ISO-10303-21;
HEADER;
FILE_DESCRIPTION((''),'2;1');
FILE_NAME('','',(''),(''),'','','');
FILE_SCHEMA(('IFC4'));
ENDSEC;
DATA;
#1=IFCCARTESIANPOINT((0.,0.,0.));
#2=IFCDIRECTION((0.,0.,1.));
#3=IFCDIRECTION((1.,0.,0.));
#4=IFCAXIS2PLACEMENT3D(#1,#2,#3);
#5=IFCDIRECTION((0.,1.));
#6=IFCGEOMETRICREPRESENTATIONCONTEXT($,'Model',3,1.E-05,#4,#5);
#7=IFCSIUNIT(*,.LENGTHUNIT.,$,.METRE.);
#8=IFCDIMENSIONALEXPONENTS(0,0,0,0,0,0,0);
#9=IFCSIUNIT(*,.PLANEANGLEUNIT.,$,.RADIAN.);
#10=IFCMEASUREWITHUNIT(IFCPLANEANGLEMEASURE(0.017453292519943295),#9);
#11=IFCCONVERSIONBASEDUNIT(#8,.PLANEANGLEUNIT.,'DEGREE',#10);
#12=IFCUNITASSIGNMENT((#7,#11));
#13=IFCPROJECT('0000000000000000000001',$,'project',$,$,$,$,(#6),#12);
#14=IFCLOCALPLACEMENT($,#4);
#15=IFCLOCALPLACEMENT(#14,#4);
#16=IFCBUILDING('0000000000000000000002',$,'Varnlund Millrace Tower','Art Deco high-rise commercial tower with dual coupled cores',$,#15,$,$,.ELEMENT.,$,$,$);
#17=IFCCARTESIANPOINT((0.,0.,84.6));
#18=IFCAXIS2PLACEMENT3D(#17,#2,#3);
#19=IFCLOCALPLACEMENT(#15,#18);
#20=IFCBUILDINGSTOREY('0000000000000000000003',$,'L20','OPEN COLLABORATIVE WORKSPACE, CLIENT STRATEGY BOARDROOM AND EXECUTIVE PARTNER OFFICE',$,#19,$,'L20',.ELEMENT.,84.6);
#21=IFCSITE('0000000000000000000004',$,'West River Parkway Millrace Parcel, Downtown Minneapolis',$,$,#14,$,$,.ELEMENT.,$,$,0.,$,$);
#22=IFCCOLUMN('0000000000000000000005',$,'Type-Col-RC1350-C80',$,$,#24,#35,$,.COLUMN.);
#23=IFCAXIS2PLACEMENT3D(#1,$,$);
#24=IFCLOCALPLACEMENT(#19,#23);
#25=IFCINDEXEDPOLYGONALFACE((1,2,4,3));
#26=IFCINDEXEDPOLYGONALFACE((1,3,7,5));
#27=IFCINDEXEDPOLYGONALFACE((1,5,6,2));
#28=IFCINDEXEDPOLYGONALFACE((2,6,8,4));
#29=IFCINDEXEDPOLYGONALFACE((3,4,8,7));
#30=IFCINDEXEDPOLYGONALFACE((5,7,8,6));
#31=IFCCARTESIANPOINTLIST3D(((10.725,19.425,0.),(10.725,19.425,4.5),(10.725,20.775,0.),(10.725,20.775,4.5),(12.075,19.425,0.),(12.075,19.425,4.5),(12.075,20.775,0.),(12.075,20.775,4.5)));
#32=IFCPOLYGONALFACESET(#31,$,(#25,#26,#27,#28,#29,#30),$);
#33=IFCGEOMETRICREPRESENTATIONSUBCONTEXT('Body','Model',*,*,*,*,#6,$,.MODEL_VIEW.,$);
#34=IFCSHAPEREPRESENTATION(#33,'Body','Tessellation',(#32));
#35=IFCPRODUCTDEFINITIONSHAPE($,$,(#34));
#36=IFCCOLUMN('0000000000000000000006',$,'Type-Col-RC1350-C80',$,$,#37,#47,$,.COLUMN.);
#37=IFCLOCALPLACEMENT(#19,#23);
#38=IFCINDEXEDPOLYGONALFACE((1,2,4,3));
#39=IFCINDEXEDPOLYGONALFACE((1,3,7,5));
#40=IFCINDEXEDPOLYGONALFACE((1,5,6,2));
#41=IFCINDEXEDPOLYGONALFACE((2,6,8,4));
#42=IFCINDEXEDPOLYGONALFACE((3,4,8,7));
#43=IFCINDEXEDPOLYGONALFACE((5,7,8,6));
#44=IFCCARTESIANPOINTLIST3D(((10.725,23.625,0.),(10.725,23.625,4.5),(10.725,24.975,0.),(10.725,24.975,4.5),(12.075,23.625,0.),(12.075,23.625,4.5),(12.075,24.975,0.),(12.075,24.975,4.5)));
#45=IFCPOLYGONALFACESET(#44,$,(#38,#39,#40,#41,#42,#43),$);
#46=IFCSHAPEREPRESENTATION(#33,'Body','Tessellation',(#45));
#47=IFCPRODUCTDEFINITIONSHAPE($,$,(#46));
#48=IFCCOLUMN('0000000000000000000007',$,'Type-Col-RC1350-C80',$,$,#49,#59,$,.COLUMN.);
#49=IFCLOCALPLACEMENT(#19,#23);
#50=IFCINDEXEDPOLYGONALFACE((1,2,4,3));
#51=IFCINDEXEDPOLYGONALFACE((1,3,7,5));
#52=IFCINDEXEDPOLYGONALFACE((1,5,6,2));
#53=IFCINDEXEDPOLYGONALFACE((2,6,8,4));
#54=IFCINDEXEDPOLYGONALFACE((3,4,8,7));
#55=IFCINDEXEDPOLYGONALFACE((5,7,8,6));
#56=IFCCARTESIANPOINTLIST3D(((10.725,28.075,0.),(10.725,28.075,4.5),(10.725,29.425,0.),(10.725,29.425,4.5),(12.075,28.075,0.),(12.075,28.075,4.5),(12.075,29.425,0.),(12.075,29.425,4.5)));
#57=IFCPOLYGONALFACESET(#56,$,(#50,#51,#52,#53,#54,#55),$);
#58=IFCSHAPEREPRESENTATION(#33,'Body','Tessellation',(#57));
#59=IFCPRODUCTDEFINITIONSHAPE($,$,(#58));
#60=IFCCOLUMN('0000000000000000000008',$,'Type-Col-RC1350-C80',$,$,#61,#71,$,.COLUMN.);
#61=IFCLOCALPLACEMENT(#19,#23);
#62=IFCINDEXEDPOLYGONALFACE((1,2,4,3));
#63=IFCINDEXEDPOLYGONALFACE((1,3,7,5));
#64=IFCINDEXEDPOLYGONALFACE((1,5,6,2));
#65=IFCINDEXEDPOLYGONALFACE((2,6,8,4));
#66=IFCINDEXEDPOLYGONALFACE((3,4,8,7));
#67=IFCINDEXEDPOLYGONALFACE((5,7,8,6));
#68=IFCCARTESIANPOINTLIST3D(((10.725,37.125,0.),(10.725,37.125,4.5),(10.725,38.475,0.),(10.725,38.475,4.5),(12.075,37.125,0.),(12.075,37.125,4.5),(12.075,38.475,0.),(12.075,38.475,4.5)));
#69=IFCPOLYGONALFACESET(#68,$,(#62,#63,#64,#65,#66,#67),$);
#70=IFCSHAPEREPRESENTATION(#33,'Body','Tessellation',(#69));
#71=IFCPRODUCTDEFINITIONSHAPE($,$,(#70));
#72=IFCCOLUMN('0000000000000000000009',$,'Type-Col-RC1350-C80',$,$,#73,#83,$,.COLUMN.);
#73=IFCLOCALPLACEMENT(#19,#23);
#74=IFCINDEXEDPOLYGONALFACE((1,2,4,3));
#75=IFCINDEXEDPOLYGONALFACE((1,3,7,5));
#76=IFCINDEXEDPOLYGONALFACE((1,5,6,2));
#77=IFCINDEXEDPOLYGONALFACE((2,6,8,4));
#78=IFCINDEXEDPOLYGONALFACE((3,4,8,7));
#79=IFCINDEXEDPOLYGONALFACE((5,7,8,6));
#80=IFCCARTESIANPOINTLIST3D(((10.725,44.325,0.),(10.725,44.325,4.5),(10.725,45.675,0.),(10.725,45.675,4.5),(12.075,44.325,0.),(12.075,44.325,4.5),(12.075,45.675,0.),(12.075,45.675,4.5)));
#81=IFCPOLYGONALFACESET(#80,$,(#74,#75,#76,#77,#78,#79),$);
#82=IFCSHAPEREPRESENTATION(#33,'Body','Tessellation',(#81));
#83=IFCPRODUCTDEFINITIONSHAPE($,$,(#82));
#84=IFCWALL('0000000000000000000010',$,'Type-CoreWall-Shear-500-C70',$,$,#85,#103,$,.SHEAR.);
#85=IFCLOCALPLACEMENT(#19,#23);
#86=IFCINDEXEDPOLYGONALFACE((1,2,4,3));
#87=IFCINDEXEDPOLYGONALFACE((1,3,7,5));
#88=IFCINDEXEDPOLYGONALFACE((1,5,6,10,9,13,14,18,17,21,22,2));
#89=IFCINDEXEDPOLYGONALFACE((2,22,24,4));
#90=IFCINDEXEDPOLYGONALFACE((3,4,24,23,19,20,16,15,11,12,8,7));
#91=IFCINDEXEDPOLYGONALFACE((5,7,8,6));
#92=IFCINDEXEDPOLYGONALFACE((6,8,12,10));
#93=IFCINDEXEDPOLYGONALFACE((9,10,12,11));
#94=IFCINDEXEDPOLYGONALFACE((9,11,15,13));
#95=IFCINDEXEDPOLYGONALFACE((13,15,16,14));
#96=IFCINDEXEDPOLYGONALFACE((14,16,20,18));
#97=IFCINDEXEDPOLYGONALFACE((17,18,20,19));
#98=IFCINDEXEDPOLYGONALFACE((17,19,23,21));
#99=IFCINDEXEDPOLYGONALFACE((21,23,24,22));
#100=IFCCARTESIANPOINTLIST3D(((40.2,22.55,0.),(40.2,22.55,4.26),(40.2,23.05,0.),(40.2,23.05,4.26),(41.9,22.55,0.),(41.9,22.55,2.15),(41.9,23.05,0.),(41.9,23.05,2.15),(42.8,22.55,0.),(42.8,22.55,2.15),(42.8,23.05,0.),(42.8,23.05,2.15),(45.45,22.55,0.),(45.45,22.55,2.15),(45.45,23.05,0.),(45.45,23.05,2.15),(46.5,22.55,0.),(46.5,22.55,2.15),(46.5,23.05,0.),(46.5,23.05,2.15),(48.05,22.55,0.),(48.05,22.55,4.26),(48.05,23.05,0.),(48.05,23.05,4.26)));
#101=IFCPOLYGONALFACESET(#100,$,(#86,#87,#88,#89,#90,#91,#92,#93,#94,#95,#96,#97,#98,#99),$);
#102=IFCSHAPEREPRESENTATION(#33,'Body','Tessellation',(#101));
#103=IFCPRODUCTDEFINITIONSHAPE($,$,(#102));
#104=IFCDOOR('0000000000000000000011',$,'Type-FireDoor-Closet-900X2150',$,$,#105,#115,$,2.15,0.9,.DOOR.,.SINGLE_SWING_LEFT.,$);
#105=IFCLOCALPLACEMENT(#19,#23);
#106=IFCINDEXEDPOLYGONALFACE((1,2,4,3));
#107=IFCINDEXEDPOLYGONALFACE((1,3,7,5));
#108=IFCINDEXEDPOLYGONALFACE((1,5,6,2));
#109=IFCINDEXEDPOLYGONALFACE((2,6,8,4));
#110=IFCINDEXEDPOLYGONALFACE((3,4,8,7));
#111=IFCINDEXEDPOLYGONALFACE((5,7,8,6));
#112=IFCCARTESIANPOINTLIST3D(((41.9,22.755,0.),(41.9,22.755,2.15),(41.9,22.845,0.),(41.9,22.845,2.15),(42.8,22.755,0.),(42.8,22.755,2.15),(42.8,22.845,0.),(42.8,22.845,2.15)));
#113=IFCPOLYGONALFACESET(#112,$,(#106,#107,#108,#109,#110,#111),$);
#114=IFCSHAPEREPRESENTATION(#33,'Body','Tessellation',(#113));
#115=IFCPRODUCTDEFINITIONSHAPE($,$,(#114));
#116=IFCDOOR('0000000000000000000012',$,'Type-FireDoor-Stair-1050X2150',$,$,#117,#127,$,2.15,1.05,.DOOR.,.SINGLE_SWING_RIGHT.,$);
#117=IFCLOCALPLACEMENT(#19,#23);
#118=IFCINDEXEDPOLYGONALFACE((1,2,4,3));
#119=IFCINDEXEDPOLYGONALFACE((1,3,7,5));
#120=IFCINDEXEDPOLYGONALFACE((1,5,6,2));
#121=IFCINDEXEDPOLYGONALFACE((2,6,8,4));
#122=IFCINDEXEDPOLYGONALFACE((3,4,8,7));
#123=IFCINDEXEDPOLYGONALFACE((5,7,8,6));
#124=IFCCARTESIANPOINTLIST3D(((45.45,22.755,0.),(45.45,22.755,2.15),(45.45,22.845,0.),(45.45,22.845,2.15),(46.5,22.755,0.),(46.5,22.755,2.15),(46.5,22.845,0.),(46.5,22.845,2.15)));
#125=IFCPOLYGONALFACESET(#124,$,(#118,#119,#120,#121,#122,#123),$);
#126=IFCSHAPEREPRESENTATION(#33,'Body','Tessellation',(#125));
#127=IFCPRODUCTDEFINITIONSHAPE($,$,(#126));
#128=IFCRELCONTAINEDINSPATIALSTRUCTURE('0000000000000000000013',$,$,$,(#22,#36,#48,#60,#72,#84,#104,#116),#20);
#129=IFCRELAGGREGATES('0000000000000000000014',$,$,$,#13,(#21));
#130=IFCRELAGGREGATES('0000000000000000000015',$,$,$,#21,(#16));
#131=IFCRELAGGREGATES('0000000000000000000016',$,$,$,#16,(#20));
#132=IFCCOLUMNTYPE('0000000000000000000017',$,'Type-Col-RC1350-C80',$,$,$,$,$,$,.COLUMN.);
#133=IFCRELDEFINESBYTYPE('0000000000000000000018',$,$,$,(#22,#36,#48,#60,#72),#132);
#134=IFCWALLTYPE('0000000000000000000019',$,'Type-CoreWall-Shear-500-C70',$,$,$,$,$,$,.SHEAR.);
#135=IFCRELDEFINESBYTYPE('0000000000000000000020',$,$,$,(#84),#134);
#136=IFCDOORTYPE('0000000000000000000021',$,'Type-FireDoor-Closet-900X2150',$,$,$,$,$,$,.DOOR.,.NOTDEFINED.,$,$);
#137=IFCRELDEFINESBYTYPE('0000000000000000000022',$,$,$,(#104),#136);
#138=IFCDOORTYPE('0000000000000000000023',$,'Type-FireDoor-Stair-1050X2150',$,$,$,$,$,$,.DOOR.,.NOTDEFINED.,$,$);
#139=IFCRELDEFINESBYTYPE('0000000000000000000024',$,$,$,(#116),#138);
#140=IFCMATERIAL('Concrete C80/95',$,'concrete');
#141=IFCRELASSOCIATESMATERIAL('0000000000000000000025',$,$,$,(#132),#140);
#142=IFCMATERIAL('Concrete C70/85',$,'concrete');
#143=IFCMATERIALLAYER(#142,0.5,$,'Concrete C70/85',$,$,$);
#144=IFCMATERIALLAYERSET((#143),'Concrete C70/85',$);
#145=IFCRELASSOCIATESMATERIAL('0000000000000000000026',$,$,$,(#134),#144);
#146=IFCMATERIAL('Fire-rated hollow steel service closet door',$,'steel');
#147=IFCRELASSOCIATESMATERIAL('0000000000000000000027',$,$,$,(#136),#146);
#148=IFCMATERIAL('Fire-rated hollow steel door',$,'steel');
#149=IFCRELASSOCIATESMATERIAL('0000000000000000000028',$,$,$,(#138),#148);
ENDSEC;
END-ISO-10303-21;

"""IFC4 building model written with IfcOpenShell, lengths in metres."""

from ifc_helpers import new_model, entity, si_unit, converted_unit, direction, frame, origin_with_axes, origin_2d_with_axis, place, context, subcontext, project, spatial, polyline, rectangle, outline, extrude, material, layer, layer_set, material_profile, profile_set, type_object, element, fill, save


model = new_model("IFC4")

# Units and contexts
model_context = context("Model", 3, precision=1e-05, world=origin_with_axes(), true_north=direction((0.0, 1.0)))
body_context = subcontext(model_context, "Body", "Model", "MODEL_VIEW")
ifc_project = project(units=[si_unit("LENGTHUNIT", "METRE"), converted_unit("PLANEANGLEUNIT", "DEGREE", entity("IfcPlaneAngleMeasure", 0.017453292519943295), si_unit("PLANEANGLEUNIT", "RADIAN"), dimensions=[0, 0, 0, 0, 0, 0, 0])], contexts=[model_context])

# Site, building, storey
site_placement = place(None, origin_with_axes())
site = spatial("IfcSite", under=ifc_project, at=site_placement, Name="West River Parkway Millrace Parcel, Downtown Minneapolis", CompositionType="ELEMENT", RefElevation=0.0)
building_placement = place(site_placement, origin_with_axes())
building = spatial("IfcBuilding", under=site, at=building_placement, Name="Varnlund Millrace Tower", Description="Art Deco high-rise commercial tower with dual coupled cores", CompositionType="ELEMENT")
storey_placement = place(building_placement, frame((0.0, 0.0, 84.6), z_axis=(0.0, 0.0, 1.0), x_axis=(1.0, 0.0, 0.0)))
storey = spatial("IfcBuildingStorey", under=building, at=storey_placement, Name="L20", Description="OPEN COLLABORATIVE WORKSPACE, CLIENT STRATEGY BOARDROOM AND EXECUTIVE PARTNER OFFICE", LongName="L20", CompositionType="ELEMENT", Elevation=84.6)

# Columns
ifc_material_1 = material(Name="Concrete C80/95", Category="concrete")
ifc_material_profile = material_profile(ifc_material_1, rectangle(XDim=1.35, YDim=1.35, at=origin_2d_with_axis()), Name="Concrete C80/95")
ifc_profile_set = profile_set([ifc_material_profile], Name="Concrete C80/95")
column_type = type_object("IfcColumnType", Name="Type-Col-RC1350-C80", PredefinedType="COLUMN", material=ifc_profile_set)
for number, where, z_axis, x_axis, name in (
    (1, (11.4, 20.1, 0.0), (0.0, 0.0, 1.0), (1.0, 0.0, 0.0), "Type-Col-RC1350-C80"),
    (2, (11.4, 24.3, 0.0), (0.0, 0.0, 1.0), (1.0, 0.0, 0.0), "Type-Col-RC1350-C80"),
    (3, (11.4, 28.75, 0.0), (0.0, 0.0, 1.0), (1.0, 0.0, 0.0), "Type-Col-RC1350-C80"),
    (4, (11.4, 37.8, 0.0), (0.0, 0.0, 1.0), (1.0, 0.0, 0.0), "Type-Col-RC1350-C80"),
    (5, (11.4, 45.0, 0.0), (0.0, 0.0, 1.0), (1.0, 0.0, 0.0), "Type-Col-RC1350-C80"),
):
    element("IfcColumn", number, at=place(storey_placement, frame(where, z_axis=z_axis, x_axis=x_axis)), inside=storey, type_object=column_type, Name=name, PredefinedType="COLUMN", context=body_context, shape_type="SweptSolid", body=[
        extrude(rectangle(XDim=1.35, YDim=1.35, at=origin_2d_with_axis()), origin_with_axes(), (0.0, 0.0, 1.0), 4.5),
    ])

# Wall, openings, doors
ifc_material_2 = material(Name="Concrete C70/85", Category="concrete")
ifc_layer_1 = layer(ifc_material_2, 0.5, Name="Concrete C70/85")
ifc_layer_set_1 = layer_set([ifc_layer_1], Name="Concrete C70/85")
wall_type_1 = type_object("IfcWallType", Name="Type-CoreWall-Shear-500-C70", PredefinedType="SHEAR", material=ifc_layer_set_1)
wall_1_placement = place(storey_placement, frame((40.2, 22.8, 0.0), z_axis=(0.0, 0.0, 1.0), x_axis=(1.0, 0.0, 0.0)))
wall_1 = element("IfcWall", 6, at=wall_1_placement, inside=storey, type_object=wall_type_1, Name="Type-CoreWall-Shear-500-C70", PredefinedType="SHEAR", context=body_context, shape_type="SweptSolid", body=[
    extrude(outline(polyline([(0.0, -0.25), (7.85, -0.25), (7.85, 0.25), (0.0, 0.25), (0.0, -0.25)])), origin_with_axes(), (0.0, 0.0, 1.0), 4.26),
])
opening_1_placement = place(wall_1_placement, frame((5.775, 0.0, 0.0), z_axis=(0.0, 0.0, 1.0), x_axis=(1.0, 0.0, 0.0)))
opening_1 = element("IfcOpeningElement", 7, at=opening_1_placement, cuts=wall_1, PredefinedType="OPENING", context=body_context, shape_type="SweptSolid", body=[
    extrude(rectangle(XDim=1.05, YDim=0.52, at=origin_2d_with_axis()), origin_with_axes(), (0.0, 0.0, 1.0), 2.15),
])
opening_2_placement = place(wall_1_placement, frame((2.15, 0.0, 0.0), z_axis=(0.0, 0.0, 1.0), x_axis=(1.0, 0.0, 0.0)))
opening_2 = element("IfcOpeningElement", 8, at=opening_2_placement, cuts=wall_1, PredefinedType="OPENING", context=body_context, shape_type="SweptSolid", body=[
    extrude(rectangle(XDim=0.9, YDim=0.52, at=origin_2d_with_axis()), origin_with_axes(), (0.0, 0.0, 1.0), 2.15),
])
ifc_material_3 = material(Name="Fire-rated hollow steel service closet door", Category="steel")
door_type_1 = type_object("IfcDoorType", Name="Type-FireDoor-Closet-900X2150", OperationType="NOTDEFINED", PredefinedType="DOOR", material=ifc_material_3)
door_1_placement = place(wall_1_placement, frame((2.15, 0.0, 0.0), z_axis=(0.0, 0.0, 1.0), x_axis=(1.0, 0.0, 0.0)))
door_1 = element("IfcDoor", 9, at=door_1_placement, inside=storey, type_object=door_type_1, Name="Type-FireDoor-Closet-900X2150", OperationType="SINGLE_SWING_LEFT", OverallHeight=2.15, OverallWidth=0.9, PredefinedType="DOOR", context=body_context, shape_type="SweptSolid", body=[
    extrude(rectangle(XDim=0.9, YDim=0.09, at=origin_2d_with_axis()), origin_with_axes(), (0.0, 0.0, 1.0), 2.15),
])
fill(opening_2, door_1)
ifc_material_4 = material(Name="Fire-rated hollow steel door", Category="steel")
door_type_2 = type_object("IfcDoorType", Name="Type-FireDoor-Stair-1050X2150", OperationType="NOTDEFINED", PredefinedType="DOOR", material=ifc_material_4)
door_2_placement = place(wall_1_placement, frame((5.775, 0.0, 0.0), z_axis=(0.0, 0.0, 1.0), x_axis=(1.0, 0.0, 0.0)))
door_2 = element("IfcDoor", 10, at=door_2_placement, inside=storey, type_object=door_type_2, Name="Type-FireDoor-Stair-1050X2150", OperationType="SINGLE_SWING_RIGHT", OverallHeight=2.15, OverallWidth=1.05, PredefinedType="DOOR", context=body_context, shape_type="SweptSolid", body=[
    extrude(rectangle(XDim=1.05, YDim=0.09, at=origin_2d_with_axis()), origin_with_axes(), (0.0, 0.0, 1.0), 2.15),
])
fill(opening_1, door_2)

save(model, "model.ifc")
